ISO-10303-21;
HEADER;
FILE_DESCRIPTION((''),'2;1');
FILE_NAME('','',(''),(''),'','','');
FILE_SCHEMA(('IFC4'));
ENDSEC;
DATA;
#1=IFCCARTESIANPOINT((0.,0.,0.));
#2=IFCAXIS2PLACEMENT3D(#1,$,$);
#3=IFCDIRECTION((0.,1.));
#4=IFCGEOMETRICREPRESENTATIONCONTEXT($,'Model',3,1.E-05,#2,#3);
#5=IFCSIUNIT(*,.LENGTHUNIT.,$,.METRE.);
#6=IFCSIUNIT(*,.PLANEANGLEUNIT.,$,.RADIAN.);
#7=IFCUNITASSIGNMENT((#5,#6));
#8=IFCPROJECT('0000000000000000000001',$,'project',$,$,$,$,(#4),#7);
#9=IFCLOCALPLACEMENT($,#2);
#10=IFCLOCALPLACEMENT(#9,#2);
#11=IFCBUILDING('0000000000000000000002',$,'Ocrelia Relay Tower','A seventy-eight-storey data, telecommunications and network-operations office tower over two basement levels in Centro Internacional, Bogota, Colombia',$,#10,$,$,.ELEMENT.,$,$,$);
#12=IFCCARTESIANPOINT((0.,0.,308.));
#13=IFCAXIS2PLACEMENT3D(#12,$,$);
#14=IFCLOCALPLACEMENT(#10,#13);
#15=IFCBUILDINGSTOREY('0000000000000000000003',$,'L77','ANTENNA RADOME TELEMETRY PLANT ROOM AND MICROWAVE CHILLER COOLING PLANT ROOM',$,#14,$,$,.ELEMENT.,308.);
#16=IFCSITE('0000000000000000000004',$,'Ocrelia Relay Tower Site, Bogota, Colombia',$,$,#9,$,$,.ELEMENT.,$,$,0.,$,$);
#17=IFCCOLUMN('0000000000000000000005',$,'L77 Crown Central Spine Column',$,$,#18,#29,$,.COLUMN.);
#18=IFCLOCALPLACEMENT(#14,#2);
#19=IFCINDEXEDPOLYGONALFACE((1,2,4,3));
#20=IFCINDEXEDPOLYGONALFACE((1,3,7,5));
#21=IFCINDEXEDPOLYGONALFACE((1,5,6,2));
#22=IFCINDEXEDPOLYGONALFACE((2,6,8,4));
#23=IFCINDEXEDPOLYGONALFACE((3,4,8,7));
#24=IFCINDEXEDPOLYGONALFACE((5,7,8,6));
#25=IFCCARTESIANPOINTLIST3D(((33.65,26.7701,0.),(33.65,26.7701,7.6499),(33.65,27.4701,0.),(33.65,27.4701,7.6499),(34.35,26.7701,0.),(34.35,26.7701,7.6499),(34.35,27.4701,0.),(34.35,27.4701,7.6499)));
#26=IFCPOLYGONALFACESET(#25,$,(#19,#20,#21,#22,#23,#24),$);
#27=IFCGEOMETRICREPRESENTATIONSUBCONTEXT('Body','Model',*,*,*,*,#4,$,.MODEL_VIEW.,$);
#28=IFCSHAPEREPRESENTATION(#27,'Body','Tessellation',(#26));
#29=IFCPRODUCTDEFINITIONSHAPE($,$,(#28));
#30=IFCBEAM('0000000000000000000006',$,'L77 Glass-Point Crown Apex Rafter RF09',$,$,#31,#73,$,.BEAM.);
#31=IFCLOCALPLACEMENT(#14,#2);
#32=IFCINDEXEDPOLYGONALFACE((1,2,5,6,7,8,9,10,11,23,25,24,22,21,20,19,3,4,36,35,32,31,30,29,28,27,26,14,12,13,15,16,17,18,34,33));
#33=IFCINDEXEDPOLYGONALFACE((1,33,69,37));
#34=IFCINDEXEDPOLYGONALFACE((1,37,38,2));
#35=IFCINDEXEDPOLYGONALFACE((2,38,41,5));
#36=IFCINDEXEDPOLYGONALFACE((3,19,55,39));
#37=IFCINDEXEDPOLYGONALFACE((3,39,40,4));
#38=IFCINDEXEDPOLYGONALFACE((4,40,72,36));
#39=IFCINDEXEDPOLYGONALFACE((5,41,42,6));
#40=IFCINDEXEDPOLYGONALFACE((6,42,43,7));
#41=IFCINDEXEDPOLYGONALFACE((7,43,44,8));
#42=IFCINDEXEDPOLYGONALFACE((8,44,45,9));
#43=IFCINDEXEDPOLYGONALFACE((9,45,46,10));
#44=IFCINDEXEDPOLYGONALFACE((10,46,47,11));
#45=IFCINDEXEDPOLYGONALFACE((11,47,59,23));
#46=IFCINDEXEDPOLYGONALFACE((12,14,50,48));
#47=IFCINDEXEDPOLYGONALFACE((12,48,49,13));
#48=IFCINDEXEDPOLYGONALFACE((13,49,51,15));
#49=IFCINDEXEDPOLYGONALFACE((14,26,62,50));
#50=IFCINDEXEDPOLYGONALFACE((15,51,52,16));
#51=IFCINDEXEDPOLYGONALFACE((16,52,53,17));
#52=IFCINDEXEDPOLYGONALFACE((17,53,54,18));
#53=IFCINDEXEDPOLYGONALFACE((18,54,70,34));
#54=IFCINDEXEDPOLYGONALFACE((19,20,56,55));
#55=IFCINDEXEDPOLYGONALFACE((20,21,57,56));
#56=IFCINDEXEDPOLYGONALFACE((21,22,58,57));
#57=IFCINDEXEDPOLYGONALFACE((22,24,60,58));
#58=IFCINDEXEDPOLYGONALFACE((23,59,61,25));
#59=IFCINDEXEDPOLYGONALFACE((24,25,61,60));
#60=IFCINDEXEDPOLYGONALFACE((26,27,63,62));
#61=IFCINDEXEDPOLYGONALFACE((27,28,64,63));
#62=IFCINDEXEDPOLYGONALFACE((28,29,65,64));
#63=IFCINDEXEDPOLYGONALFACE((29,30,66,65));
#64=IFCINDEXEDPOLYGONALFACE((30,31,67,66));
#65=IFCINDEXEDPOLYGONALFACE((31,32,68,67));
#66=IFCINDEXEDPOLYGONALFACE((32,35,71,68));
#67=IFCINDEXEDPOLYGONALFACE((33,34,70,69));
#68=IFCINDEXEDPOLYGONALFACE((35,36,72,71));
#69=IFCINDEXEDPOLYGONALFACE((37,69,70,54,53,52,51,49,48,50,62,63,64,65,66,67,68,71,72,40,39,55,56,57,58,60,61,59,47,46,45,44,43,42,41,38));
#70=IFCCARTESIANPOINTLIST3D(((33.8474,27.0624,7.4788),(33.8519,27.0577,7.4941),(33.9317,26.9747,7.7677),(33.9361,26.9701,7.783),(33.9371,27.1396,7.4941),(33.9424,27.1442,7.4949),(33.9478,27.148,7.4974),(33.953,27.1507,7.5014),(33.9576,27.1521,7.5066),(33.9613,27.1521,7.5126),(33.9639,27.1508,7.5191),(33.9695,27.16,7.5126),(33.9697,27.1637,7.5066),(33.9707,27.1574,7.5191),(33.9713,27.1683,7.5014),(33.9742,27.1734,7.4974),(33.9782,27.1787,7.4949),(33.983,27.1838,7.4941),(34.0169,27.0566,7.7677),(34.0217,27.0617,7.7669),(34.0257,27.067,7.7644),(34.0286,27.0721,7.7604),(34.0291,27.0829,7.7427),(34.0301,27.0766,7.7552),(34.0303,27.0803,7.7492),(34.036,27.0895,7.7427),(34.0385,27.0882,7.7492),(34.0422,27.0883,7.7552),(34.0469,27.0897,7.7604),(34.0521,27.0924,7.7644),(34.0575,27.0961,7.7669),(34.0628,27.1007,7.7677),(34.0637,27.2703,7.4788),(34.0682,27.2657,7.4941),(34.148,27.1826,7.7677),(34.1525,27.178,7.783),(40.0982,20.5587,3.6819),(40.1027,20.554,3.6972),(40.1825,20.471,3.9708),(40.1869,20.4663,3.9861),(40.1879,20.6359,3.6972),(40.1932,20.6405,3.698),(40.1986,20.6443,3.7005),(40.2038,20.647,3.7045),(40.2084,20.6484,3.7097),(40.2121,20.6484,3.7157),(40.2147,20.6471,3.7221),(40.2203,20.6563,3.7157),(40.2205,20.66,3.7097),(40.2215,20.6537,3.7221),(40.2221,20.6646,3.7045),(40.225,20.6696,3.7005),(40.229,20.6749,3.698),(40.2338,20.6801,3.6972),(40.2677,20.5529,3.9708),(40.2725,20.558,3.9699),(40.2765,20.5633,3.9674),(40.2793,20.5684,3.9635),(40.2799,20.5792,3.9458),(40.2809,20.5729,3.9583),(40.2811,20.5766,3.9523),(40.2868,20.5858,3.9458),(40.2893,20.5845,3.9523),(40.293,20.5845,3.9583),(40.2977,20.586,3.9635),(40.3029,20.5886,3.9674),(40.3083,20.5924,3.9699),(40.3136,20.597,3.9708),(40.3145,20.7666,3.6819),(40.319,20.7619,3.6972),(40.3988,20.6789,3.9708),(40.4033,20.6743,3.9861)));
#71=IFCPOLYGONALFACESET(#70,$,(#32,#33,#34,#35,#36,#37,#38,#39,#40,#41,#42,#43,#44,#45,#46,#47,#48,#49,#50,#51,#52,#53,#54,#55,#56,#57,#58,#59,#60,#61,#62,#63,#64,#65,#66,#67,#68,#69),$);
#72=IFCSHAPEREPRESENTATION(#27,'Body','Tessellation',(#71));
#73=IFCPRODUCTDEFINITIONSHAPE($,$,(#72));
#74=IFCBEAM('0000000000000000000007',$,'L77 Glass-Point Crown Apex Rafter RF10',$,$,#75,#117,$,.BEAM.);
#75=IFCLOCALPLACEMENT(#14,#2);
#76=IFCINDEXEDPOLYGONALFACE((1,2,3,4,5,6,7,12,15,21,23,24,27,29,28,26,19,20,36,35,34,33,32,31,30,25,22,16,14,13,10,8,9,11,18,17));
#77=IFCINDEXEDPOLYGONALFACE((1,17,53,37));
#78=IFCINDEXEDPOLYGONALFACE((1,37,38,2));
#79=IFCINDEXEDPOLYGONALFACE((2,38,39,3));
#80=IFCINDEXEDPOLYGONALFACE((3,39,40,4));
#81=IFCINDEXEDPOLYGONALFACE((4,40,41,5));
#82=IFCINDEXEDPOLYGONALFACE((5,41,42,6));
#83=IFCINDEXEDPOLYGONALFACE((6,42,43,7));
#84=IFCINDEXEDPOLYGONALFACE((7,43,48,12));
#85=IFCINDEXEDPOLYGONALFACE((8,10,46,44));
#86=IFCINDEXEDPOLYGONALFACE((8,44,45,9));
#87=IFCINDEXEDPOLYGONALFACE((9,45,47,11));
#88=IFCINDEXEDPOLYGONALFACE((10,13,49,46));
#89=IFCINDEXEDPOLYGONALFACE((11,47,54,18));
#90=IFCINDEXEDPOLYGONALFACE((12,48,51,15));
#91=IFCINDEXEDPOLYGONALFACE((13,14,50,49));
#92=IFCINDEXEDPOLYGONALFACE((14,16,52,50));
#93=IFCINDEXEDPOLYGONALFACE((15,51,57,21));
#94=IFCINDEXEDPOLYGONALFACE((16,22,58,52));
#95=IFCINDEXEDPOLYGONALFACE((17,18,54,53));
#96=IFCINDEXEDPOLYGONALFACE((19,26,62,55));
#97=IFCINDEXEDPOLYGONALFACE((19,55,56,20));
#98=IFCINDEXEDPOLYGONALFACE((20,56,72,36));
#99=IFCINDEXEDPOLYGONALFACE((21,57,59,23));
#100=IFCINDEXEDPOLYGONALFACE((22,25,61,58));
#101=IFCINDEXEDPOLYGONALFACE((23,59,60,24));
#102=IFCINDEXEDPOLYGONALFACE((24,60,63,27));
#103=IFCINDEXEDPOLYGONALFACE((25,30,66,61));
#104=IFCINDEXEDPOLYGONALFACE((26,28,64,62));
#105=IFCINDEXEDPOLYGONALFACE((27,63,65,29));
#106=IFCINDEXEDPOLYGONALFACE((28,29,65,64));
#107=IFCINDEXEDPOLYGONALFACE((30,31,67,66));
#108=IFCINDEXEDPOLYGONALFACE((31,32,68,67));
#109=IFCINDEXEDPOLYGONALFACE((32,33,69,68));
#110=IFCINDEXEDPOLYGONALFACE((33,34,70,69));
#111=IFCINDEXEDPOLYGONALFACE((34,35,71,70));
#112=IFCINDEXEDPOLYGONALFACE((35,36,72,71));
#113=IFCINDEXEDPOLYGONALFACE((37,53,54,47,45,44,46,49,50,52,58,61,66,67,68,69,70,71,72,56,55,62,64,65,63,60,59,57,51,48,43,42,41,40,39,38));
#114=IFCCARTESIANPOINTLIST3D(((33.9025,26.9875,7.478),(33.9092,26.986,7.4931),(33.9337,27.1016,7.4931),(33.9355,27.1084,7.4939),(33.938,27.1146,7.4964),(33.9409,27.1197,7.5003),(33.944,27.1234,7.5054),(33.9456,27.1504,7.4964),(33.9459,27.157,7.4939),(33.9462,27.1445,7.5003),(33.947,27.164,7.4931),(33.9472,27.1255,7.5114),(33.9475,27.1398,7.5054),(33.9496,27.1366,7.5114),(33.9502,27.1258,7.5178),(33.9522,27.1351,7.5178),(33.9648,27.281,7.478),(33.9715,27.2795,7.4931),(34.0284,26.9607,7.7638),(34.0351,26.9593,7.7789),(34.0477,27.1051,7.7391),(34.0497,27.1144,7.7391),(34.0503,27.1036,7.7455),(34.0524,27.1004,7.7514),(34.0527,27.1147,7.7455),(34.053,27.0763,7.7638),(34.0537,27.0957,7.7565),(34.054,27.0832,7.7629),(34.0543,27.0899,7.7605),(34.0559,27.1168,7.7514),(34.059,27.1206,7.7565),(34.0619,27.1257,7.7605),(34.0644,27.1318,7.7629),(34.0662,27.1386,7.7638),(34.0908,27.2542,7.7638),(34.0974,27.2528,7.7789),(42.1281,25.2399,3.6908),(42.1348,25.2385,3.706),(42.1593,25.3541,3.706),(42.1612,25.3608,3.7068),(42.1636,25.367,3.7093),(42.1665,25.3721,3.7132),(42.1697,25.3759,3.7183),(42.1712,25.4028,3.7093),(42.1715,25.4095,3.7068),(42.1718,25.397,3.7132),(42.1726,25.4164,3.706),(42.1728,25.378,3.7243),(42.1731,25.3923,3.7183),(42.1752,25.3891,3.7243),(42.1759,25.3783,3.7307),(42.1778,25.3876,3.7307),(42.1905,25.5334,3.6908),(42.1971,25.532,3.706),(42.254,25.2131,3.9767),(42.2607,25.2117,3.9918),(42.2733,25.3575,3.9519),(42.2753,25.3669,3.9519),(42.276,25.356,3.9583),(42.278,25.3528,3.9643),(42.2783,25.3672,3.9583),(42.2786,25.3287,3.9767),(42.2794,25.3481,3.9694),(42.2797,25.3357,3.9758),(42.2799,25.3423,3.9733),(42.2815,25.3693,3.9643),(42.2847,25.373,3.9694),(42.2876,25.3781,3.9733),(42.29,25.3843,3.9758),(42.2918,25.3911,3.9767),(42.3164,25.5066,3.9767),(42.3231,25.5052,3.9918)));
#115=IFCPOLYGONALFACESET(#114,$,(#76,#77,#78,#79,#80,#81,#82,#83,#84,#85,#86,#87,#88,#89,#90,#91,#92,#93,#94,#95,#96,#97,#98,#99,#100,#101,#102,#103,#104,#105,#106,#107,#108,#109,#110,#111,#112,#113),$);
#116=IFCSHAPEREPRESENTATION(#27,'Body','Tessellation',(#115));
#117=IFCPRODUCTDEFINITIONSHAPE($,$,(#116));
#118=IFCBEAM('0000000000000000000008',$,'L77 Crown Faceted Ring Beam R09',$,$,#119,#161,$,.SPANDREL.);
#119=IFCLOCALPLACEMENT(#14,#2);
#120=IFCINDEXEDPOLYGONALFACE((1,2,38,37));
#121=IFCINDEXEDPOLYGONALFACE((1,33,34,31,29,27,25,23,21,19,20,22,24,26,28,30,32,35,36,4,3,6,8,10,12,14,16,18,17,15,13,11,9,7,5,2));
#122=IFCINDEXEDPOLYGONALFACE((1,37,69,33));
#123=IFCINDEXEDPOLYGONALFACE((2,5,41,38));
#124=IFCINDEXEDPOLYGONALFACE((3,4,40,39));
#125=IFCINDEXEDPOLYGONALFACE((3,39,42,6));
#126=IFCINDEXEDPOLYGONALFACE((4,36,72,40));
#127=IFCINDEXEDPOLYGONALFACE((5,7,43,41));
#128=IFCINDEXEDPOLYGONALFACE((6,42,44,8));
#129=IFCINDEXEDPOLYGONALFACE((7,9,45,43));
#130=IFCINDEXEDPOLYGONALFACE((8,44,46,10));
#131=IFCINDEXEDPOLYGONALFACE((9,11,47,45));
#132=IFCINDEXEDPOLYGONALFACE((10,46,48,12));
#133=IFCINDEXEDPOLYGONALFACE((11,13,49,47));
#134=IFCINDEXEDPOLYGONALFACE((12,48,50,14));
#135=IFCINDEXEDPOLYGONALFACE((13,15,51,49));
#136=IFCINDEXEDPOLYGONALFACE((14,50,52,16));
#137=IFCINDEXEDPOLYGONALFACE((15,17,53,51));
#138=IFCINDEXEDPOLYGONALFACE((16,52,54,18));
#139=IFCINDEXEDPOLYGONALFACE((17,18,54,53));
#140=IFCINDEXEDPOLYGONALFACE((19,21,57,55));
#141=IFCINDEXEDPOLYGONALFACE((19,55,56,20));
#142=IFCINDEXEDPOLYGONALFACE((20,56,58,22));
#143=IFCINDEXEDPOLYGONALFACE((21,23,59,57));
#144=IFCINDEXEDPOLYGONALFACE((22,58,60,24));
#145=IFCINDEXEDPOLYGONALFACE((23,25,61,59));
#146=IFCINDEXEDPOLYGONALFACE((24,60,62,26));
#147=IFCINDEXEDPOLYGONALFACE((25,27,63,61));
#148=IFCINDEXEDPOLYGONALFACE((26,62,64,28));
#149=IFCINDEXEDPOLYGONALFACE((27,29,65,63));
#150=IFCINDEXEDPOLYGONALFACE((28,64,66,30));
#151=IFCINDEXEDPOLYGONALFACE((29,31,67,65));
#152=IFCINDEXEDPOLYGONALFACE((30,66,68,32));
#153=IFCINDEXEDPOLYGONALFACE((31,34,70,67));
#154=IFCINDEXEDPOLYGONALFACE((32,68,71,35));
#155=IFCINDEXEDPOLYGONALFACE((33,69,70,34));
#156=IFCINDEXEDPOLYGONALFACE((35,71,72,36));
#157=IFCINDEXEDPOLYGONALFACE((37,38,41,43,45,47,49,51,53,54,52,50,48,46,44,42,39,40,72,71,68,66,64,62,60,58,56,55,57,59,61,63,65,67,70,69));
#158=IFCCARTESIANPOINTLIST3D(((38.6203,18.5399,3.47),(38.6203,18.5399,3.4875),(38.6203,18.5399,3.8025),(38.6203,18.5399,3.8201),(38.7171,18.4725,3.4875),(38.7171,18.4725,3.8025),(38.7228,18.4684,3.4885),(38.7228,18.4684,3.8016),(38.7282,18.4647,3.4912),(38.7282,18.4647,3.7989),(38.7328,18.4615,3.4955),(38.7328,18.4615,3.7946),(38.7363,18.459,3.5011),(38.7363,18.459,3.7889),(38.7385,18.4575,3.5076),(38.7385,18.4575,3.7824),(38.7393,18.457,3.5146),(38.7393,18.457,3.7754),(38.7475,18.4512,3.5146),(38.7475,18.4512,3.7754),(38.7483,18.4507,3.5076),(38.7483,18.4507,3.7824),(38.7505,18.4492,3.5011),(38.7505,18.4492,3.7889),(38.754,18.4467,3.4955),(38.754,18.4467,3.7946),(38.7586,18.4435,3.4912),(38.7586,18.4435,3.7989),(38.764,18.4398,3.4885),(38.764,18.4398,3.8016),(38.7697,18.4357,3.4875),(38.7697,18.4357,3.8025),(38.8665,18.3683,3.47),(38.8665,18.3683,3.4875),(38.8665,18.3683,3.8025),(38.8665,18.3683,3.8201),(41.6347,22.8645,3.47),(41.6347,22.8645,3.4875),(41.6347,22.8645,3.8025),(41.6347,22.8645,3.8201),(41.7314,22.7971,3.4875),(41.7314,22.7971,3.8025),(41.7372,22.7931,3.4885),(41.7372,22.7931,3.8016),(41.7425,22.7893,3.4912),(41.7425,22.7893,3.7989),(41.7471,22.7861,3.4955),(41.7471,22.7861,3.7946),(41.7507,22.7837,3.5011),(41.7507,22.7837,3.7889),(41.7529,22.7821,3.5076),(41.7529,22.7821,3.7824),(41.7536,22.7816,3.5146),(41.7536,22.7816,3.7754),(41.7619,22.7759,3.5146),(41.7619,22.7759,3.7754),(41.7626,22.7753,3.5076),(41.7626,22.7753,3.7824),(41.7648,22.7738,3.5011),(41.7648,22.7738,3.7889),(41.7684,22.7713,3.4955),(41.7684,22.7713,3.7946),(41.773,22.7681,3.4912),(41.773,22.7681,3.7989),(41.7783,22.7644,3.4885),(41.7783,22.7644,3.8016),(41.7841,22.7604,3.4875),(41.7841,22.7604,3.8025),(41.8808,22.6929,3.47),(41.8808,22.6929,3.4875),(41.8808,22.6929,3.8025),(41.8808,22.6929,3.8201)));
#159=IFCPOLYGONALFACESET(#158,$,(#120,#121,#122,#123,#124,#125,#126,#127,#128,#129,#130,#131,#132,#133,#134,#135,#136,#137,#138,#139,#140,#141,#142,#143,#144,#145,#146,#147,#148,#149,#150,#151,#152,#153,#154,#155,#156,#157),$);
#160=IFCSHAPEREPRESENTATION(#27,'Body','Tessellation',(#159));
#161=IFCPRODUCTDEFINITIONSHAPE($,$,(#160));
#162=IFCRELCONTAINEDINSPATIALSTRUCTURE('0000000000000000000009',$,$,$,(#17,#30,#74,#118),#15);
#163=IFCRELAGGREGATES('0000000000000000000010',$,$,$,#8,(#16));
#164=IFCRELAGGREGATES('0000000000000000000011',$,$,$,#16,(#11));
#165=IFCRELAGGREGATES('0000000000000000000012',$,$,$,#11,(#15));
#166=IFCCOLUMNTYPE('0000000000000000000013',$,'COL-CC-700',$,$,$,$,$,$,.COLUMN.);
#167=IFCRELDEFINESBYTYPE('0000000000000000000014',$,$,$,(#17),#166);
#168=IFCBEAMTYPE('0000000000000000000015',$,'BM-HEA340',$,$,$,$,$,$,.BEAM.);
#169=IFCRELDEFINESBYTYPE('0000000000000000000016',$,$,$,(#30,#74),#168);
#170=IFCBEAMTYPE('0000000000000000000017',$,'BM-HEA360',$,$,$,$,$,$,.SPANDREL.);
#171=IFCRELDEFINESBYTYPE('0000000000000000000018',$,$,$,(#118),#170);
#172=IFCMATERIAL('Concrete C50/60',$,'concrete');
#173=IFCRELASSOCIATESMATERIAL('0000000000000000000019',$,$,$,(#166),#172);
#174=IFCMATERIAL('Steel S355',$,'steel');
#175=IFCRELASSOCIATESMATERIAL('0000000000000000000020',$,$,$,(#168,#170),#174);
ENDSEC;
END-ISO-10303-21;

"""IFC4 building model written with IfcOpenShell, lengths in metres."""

from ifc_helpers import new_model, si_unit, direction, frame, origin, origin_2d, place, context, subcontext, project, spatial, rectangle, i_section, extrude, material, material_profile, profile_set, type_object, element, save


model = new_model("IFC4")

# Units and contexts
model_context = context("Model", 3, precision=1e-05, world=origin(), true_north=direction((0.0, 1.0)))
body_context = subcontext(model_context, "Body", "Model", "MODEL_VIEW")
ifc_project = project(units=[si_unit("LENGTHUNIT", "METRE"), si_unit("PLANEANGLEUNIT", "RADIAN")], contexts=[model_context])

# Site, building, storey
site_placement = place(None, origin())
site = spatial("IfcSite", under=ifc_project, at=site_placement, Name="Ocrelia Relay Tower Site, Bogota, Colombia", CompositionType="ELEMENT", RefElevation=0.0)
building_placement = place(site_placement, origin())
building = spatial("IfcBuilding", under=site, at=building_placement, Name="Ocrelia Relay Tower", Description="A seventy-eight-storey data, telecommunications and network-operations office tower over two basement levels in Centro Internacional, Bogota, Colombia", CompositionType="ELEMENT")
storey_placement = place(building_placement, frame((0.0, 0.0, 308.0)))
storey = spatial("IfcBuildingStorey", under=building, at=storey_placement, Name="L77", Description="ANTENNA RADOME TELEMETRY PLANT ROOM AND MICROWAVE CHILLER COOLING PLANT ROOM", CompositionType="ELEMENT", Elevation=308.0)

# Column
ifc_material_1 = material(Name="Concrete C50/60", Category="concrete")
ifc_material_profile_1 = material_profile(ifc_material_1, rectangle(XDim=0.7, YDim=0.7, at=origin_2d()), Name="RC-COL-700x700")
ifc_profile_set_1 = profile_set([ifc_material_profile_1], Name="Concrete C50/60")
column_type = type_object("IfcColumnType", Name="COL-CC-700", PredefinedType="COLUMN", material=ifc_profile_set_1)
column_placement = place(storey_placement, frame((34.0, 27.1201, 0.0), z_axis=(0.0, 0.0, 1.0), x_axis=(1.0, 0.0, 0.0)))
element("IfcColumn", 1, at=column_placement, inside=storey, type_object=column_type, Name="L77 Crown Central Spine Column", PredefinedType="COLUMN", context=body_context, shape_type="SweptSolid", body=[
    extrude(rectangle(XDim=0.7, YDim=0.7, at=origin_2d()), origin(), (0.0, 0.0, 1.0), 7.6499),
])

# Beams
ifc_material_2 = material(Name="Steel S355", Category="steel")
ifc_material_profile_2 = material_profile(ifc_material_2, i_section(OverallWidth=0.3, OverallDepth=0.3301, WebThickness=0.0095, FlangeThickness=0.0166, FilletRadius=0.0271, at=origin_2d()), Name="HEA 340")
ifc_profile_set_2 = profile_set([ifc_material_profile_2], Name="Steel S355")
beam_type_1 = type_object("IfcBeamType", Name="BM-HEA340", PredefinedType="BEAM", material=ifc_profile_set_2)
beam_1_placement = place(storey_placement, frame((40.2507, 20.6165, 3.834), z_axis=(-0.638677, 0.66452, 0.387951), x_axis=(-0.720988, -0.692948, 0.0)))
element("IfcBeam", 2, at=beam_1_placement, inside=storey, type_object=beam_type_1, Name="L77 Glass-Point Crown Apex Rafter RF09", PredefinedType="BEAM", context=body_context, shape_type="SweptSolid", body=[
    extrude(i_section(OverallWidth=0.3, OverallDepth=0.3301, WebThickness=0.0095, FlangeThickness=0.0166, FilletRadius=0.0271, at=origin_2d()), origin(), (0.0, 0.0, 1.0), 9.7871),
])
beam_2_placement = place(storey_placement, frame((42.2256, 25.3726, 3.8413), z_axis=(-0.891894, 0.189486, 0.410633), x_axis=(-0.207816, -0.978168, 0.0)))
element("IfcBeam", 3, at=beam_2_placement, inside=storey, type_object=beam_type_1, Name="L77 Glass-Point Crown Apex Rafter RF10", PredefinedType="BEAM", context=body_context, shape_type="SweptSolid", body=[
    extrude(i_section(OverallWidth=0.3, OverallDepth=0.3301, WebThickness=0.0095, FlangeThickness=0.0166, FilletRadius=0.0271, at=origin_2d()), origin(), (0.0, 0.0, 1.0), 9.2227),
])
ifc_material_profile_3 = material_profile(ifc_material_2, i_section(OverallWidth=0.3, OverallDepth=0.3501, WebThickness=0.01, FlangeThickness=0.0176, FilletRadius=0.0271, at=origin_2d()), Name="HEA 360")
ifc_profile_set_3 = profile_set([ifc_material_profile_3], Name="Steel S355")
beam_type_2 = type_object("IfcBeamType", Name="BM-HEA360", PredefinedType="SPANDREL", material=ifc_profile_set_3)
for number, where, z_axis, x_axis, name in (
    (4, (38.7434, 18.4541, 3.645), (0.57182, 0.820379, 0.0), (-0.820379, 0.57182, 0.0), "L77 Crown Faceted Ring Beam R09"),
):
    element("IfcBeam", number, at=place(storey_placement, frame(where, z_axis=z_axis, x_axis=x_axis)), inside=storey, type_object=beam_type_2, Name=name, PredefinedType="SPANDREL", context=body_context, shape_type="SweptSolid", body=[
        extrude(i_section(OverallWidth=0.3, OverallDepth=0.3501, WebThickness=0.01, FlangeThickness=0.0176, FilletRadius=0.0271, at=origin_2d()), origin(), (0.0, 0.0, 1.0), 5.2715),
    ])

save(model, "model.ifc")
